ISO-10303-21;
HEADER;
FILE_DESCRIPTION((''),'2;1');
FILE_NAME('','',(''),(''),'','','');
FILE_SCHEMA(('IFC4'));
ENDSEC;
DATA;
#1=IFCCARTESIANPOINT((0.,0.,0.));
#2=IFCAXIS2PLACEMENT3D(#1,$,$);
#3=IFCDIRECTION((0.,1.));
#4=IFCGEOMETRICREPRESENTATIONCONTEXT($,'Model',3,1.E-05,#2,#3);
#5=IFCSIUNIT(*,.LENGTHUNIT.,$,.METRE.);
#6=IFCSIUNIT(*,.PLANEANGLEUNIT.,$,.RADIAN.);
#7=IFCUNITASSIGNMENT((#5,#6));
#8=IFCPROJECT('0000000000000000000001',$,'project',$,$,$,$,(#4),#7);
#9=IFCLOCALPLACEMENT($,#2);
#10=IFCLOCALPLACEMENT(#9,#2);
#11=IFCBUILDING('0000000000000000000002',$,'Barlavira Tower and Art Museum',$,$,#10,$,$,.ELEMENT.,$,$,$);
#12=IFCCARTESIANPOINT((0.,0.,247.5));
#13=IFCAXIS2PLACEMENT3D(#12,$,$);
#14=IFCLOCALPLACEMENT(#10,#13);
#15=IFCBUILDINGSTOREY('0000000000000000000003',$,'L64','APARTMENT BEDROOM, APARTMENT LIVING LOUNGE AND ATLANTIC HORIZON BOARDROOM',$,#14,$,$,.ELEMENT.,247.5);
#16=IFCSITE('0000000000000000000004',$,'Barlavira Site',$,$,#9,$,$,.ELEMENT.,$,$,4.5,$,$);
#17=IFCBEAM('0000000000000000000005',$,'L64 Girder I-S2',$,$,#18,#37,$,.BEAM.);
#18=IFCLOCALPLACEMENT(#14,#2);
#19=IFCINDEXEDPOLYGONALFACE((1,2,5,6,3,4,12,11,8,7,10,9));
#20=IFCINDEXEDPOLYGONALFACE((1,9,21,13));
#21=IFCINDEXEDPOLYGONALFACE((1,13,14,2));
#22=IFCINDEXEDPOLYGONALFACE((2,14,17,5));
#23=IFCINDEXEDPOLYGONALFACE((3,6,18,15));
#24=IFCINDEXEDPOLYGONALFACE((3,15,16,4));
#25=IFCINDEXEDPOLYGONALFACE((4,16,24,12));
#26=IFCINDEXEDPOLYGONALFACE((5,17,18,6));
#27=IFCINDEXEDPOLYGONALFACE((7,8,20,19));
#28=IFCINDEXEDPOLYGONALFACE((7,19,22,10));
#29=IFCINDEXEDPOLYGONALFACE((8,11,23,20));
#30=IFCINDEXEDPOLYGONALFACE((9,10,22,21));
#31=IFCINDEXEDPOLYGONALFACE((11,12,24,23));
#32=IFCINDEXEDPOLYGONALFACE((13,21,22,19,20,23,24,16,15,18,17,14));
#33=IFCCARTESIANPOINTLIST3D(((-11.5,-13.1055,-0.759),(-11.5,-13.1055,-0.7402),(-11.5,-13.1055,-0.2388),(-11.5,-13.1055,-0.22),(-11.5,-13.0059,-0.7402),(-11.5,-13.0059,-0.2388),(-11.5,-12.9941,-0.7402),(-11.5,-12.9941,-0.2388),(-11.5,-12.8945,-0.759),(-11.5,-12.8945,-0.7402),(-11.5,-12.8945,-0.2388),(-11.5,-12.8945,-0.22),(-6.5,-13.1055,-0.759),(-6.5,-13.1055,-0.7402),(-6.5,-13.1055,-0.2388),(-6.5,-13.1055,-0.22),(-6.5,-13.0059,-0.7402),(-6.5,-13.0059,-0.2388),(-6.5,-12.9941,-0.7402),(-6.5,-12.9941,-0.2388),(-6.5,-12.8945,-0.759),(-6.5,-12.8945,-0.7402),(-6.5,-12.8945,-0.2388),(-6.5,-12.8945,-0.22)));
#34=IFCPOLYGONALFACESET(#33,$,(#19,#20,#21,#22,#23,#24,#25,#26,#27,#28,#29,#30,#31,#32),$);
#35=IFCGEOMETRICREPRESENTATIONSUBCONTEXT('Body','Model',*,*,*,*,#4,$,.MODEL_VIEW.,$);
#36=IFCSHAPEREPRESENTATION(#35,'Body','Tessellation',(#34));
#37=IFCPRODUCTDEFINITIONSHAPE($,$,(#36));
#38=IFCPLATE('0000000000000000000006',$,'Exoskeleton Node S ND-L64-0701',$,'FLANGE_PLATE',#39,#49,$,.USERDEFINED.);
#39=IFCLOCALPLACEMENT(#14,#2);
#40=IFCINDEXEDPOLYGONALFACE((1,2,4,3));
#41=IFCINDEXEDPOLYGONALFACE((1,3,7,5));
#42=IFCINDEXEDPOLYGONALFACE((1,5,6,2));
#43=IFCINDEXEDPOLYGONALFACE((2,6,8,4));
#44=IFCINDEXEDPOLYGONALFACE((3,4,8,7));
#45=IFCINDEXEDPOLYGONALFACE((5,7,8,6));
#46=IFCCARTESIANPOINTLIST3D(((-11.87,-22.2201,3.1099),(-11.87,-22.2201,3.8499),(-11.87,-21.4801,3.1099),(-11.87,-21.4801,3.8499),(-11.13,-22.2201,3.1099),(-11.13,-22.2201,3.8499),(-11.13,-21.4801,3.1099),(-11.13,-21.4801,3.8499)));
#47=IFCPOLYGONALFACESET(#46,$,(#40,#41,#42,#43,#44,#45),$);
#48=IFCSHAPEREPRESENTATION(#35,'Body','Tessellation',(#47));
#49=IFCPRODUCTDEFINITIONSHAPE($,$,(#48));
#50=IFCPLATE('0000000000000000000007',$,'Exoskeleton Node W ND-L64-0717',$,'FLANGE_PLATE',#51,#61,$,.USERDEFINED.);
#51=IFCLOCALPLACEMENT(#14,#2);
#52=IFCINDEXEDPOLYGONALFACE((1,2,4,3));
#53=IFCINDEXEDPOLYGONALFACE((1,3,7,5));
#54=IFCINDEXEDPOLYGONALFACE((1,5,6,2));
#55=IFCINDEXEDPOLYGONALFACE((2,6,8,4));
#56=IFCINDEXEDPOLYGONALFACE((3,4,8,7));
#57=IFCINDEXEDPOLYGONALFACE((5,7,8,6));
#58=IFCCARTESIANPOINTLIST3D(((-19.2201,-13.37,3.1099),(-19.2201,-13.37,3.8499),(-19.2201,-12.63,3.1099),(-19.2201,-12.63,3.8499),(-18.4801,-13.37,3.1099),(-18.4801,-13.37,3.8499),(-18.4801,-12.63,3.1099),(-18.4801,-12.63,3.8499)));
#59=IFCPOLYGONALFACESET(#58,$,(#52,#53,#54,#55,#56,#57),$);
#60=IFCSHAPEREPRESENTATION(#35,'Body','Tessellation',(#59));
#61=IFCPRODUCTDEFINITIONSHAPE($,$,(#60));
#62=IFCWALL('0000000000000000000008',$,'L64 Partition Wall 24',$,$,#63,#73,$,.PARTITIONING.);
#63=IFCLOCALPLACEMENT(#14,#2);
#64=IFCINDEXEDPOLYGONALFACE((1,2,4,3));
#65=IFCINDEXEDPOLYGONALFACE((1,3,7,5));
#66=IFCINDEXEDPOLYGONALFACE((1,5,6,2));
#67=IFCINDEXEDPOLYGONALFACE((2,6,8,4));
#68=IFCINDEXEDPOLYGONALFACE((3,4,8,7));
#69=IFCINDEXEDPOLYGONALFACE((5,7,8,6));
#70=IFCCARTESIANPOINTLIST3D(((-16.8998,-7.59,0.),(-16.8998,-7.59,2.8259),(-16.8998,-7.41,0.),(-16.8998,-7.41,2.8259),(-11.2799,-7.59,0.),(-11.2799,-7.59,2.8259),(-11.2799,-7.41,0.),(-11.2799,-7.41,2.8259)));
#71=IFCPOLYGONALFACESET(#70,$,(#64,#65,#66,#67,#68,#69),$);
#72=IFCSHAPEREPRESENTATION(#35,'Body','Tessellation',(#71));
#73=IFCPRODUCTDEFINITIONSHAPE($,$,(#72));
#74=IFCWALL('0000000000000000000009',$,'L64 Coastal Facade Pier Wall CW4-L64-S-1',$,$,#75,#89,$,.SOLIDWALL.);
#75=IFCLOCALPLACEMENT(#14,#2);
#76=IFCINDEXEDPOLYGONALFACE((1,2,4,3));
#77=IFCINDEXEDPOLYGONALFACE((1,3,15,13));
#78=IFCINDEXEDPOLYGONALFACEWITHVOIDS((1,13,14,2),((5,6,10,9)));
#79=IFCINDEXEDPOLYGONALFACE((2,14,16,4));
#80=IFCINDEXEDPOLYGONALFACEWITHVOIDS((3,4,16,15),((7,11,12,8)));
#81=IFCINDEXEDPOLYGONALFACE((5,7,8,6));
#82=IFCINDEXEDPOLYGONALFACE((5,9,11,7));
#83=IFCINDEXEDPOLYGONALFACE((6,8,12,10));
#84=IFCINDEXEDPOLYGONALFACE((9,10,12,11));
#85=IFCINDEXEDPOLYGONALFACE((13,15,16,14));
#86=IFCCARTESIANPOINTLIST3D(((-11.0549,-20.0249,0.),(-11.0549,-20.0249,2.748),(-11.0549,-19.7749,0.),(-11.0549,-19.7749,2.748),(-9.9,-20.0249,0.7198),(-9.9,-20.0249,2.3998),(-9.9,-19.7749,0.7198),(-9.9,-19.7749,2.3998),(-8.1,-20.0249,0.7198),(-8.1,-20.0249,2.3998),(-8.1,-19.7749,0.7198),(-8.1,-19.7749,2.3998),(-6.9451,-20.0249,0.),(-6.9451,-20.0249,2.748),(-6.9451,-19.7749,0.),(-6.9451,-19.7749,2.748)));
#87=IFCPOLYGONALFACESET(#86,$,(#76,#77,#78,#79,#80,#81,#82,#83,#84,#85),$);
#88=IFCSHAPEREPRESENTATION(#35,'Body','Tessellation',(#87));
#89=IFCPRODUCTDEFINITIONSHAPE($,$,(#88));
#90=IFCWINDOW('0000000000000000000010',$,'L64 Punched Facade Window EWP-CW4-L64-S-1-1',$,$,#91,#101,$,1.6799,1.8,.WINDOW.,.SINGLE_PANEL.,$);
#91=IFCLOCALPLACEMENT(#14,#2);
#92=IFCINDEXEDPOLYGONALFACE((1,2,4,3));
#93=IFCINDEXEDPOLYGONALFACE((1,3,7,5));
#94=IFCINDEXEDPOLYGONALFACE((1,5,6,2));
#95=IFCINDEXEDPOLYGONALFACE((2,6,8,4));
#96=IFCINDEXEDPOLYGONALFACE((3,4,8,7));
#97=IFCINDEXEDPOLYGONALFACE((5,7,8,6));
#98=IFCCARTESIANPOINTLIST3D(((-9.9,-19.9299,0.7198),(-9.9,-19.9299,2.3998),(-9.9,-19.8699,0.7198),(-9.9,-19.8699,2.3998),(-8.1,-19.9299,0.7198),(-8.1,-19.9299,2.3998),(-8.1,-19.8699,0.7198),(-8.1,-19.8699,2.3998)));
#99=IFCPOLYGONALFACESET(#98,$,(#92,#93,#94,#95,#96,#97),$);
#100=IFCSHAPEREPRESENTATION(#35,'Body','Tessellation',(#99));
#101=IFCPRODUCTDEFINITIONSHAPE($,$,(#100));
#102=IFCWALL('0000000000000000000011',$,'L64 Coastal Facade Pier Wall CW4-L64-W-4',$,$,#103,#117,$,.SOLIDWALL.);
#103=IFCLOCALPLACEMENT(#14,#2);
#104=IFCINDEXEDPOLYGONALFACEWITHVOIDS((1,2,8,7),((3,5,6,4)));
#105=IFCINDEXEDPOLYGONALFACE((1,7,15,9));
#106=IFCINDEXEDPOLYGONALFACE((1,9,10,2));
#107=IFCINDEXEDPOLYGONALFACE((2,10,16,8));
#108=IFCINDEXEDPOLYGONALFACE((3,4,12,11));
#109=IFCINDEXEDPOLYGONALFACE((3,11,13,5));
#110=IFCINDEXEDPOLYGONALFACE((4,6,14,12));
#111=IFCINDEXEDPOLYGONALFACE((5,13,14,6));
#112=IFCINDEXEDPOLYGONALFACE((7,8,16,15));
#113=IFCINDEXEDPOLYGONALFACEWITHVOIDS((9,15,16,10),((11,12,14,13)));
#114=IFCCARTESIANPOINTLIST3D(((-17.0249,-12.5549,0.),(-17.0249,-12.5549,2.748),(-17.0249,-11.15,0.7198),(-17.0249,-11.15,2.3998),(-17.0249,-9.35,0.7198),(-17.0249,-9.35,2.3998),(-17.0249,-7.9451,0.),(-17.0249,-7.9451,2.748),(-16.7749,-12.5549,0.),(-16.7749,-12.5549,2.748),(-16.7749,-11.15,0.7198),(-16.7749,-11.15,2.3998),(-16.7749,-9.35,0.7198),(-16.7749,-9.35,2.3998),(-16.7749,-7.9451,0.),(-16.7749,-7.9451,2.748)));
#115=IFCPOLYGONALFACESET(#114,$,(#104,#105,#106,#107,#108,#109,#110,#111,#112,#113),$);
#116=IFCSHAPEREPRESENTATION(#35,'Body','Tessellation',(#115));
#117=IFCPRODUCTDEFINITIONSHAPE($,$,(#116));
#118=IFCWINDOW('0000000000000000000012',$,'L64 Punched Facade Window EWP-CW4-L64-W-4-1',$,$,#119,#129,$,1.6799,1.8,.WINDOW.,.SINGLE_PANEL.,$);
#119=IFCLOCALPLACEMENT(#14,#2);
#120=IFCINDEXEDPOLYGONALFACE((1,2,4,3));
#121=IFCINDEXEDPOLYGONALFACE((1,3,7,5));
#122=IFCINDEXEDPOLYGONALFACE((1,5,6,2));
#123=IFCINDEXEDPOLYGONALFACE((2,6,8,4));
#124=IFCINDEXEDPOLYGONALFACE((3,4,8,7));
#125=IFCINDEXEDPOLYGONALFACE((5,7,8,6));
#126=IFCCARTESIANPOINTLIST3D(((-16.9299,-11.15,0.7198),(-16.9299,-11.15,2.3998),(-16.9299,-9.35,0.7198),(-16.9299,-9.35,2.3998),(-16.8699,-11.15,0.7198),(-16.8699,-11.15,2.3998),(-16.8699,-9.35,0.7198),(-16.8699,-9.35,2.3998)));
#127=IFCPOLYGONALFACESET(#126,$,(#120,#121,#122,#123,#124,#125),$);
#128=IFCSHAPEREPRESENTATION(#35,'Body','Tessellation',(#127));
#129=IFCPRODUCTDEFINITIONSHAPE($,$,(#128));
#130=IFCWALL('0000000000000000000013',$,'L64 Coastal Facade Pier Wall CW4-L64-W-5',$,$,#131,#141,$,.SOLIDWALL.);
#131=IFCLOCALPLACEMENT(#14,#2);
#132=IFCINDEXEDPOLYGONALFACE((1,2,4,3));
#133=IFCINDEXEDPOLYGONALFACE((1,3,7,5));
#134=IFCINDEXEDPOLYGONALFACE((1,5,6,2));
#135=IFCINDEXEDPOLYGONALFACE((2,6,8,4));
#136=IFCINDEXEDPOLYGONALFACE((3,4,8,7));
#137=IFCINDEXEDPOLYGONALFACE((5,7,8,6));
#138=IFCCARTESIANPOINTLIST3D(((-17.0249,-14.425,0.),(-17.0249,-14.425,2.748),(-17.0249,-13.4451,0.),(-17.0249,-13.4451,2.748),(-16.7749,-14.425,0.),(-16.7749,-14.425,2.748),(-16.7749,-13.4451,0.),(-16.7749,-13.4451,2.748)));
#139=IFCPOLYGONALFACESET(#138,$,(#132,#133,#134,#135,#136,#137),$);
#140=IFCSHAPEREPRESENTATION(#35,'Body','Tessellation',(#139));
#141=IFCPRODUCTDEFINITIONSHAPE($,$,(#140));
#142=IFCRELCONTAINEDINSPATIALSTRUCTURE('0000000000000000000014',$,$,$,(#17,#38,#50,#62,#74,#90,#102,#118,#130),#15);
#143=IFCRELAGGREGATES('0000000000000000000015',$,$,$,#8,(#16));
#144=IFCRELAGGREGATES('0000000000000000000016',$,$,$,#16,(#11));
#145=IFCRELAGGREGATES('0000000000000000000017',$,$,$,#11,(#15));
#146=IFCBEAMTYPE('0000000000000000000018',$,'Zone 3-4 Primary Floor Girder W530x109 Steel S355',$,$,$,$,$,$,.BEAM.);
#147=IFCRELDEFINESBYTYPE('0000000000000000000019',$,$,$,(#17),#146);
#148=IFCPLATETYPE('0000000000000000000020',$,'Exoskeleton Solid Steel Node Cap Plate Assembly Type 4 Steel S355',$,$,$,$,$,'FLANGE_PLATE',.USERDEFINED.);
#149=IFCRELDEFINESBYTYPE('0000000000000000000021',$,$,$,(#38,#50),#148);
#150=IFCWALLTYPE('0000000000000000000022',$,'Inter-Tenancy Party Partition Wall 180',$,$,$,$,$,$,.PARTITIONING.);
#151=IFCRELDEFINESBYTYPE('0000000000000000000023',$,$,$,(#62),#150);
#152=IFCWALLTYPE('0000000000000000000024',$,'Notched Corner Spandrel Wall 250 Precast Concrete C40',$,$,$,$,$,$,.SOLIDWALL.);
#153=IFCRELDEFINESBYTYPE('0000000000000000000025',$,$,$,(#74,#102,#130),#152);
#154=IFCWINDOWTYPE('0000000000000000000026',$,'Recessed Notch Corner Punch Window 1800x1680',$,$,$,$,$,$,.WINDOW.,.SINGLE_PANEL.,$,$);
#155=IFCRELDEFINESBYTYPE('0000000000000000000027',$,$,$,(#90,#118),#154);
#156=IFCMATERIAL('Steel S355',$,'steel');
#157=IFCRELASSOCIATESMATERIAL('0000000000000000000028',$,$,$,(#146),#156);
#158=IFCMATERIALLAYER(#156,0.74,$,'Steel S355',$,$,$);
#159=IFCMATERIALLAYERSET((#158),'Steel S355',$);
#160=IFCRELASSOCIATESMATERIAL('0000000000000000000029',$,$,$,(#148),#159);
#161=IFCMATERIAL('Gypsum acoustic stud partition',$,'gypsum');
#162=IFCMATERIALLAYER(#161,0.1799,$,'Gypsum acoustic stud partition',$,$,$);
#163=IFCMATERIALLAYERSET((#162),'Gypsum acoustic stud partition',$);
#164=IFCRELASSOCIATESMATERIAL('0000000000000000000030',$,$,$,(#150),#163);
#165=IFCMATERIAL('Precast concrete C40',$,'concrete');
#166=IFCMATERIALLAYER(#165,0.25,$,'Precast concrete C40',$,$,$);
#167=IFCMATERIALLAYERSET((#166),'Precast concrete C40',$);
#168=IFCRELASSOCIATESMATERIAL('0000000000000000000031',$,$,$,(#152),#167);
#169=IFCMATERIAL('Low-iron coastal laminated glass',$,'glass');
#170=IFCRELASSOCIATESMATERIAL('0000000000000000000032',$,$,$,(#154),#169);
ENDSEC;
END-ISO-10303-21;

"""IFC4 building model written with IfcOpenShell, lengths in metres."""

from ifc_helpers import new_model, si_unit, direction, frame, frame_2d, origin, origin_2d, place, context, subcontext, project, spatial, rectangle, i_section, extrude, material, layer, layer_set, material_profile, profile_set, type_object, element, fill, save


model = new_model("IFC4")

# Units and contexts
model_context = context("Model", 3, precision=1e-05, world=origin(), true_north=direction((0.0, 1.0)))
body_context = subcontext(model_context, "Body", "Model", "MODEL_VIEW")
ifc_project = project(units=[si_unit("LENGTHUNIT", "METRE"), si_unit("PLANEANGLEUNIT", "RADIAN")], contexts=[model_context])

# Site, building, storey
site_placement = place(None, origin())
site = spatial("IfcSite", under=ifc_project, at=site_placement, Name="Barlavira Site", CompositionType="ELEMENT", RefElevation=4.5)
building_placement = place(site_placement, origin())
building = spatial("IfcBuilding", under=site, at=building_placement, Name="Barlavira Tower and Art Museum", CompositionType="ELEMENT")
storey_placement = place(building_placement, frame((0.0, 0.0, 247.5)))
storey = spatial("IfcBuildingStorey", under=building, at=storey_placement, Name="L64", Description="APARTMENT BEDROOM, APARTMENT LIVING LOUNGE AND ATLANTIC HORIZON BOARDROOM", CompositionType="ELEMENT", Elevation=247.5)

# Beam
ifc_material_1 = material(Name="Steel S355", Category="steel")
ifc_material_profile_1 = material_profile(ifc_material_1, i_section(OverallWidth=0.2109, OverallDepth=0.5391, WebThickness=0.0117, FlangeThickness=0.0188, at=origin_2d()), Name="W530x109.0")
ifc_profile_set_1 = profile_set([ifc_material_profile_1], Name="Steel S355")
beam_type_1 = type_object("IfcBeamType", Name="Zone 3-4 Primary Floor Girder W530x109 Steel S355", PredefinedType="BEAM", material=ifc_profile_set_1)
beam_1_placement = place(storey_placement, frame((-11.5, -13.0, -0.4895), z_axis=(1.0, 0.0, 0.0), x_axis=(0.0, 1.0, 0.0)))
element("IfcBeam", 1, at=beam_1_placement, inside=storey, type_object=beam_type_1, Name="L64 Girder I-S2", PredefinedType="BEAM", context=body_context, shape_type="SweptSolid", body=[
    extrude(i_section(OverallWidth=0.2109, OverallDepth=0.5391, WebThickness=0.0117, FlangeThickness=0.0188, at=origin_2d()), origin(), (0.0, 0.0, 1.0), 5.0),
])

# Plates
ifc_layer_1 = layer(ifc_material_1, 0.74, Name="Steel S355")
ifc_layer_set_1 = layer_set([ifc_layer_1], Name="Steel S355")
plate_type = type_object("IfcPlateType", Name="Exoskeleton Solid Steel Node Cap Plate Assembly Type 4 Steel S355", ElementType="FLANGE_PLATE", PredefinedType="USERDEFINED", material=ifc_layer_set_1)
for number, where, z_axis, x_axis, name in (
    (2, (-11.5, -21.8501, 3.1099), (0.0, 0.0, 1.0), (1.0, 0.0, 0.0), "Exoskeleton Node S ND-L64-0701"),
    (3, (-18.8501, -13.0, 3.1099), (0.0, 0.0, 1.0), (1.0, 0.0, 0.0), "Exoskeleton Node W ND-L64-0717"),
):
    element("IfcPlate", number, at=place(storey_placement, frame(where, z_axis=z_axis, x_axis=x_axis)), inside=storey, type_object=plate_type, Name=name, ObjectType="FLANGE_PLATE", PredefinedType="USERDEFINED", context=body_context, shape_type="SweptSolid", body=[
        extrude(rectangle(XDim=0.74, YDim=0.74, at=origin_2d()), origin(), (0.0, 0.0, 1.0), 0.74),
    ])

# Wall
ifc_material_2 = material(Name="Gypsum acoustic stud partition", Category="gypsum")
ifc_layer_2 = layer(ifc_material_2, 0.1799, Name="Gypsum acoustic stud partition")
ifc_layer_set_2 = layer_set([ifc_layer_2], Name="Gypsum acoustic stud partition")
wall_type_1 = type_object("IfcWallType", Name="Inter-Tenancy Party Partition Wall 180", PredefinedType="PARTITIONING", material=ifc_layer_set_2)
wall_1_placement = place(storey_placement, frame((-16.8999, -7.5, 0.0), z_axis=(0.0, 0.0, 1.0), x_axis=(1.0, 0.0, 0.0)))
element("IfcWall", 4, at=wall_1_placement, inside=storey, type_object=wall_type_1, Name="L64 Partition Wall 24", PredefinedType="PARTITIONING", context=body_context, shape_type="SweptSolid", body=[
    extrude(rectangle(XDim=5.6199, YDim=0.1799, at=frame_2d((2.8101, 0.0))), origin(), (0.0, 0.0, 1.0), 2.8259),
])

# Walls, openings, windows
ifc_material_3 = material(Name="Precast concrete C40", Category="concrete")
ifc_layer_3 = layer(ifc_material_3, 0.25, Name="Precast concrete C40")
ifc_layer_set_3 = layer_set([ifc_layer_3], Name="Precast concrete C40")
wall_type_2 = type_object("IfcWallType", Name="Notched Corner Spandrel Wall 250 Precast Concrete C40", PredefinedType="SOLIDWALL", material=ifc_layer_set_3)
wall_2_placement = place(storey_placement, frame((-11.0549, -19.8999, 0.0), z_axis=(0.0, 0.0, 1.0), x_axis=(1.0, 0.0, 0.0)))
wall_2 = element("IfcWall", 5, at=wall_2_placement, inside=storey, type_object=wall_type_2, Name="L64 Coastal Facade Pier Wall CW4-L64-S-1", PredefinedType="SOLIDWALL", context=body_context, shape_type="SweptSolid", body=[
    extrude(rectangle(XDim=4.1099, YDim=0.25, at=frame_2d((2.0549, 0.0))), origin(), (0.0, 0.0, 1.0), 2.748),
])
opening_1_placement = place(wall_2_placement, frame((1.155, 0.0, 0.72)))
opening_1 = element("IfcOpeningElement", 6, at=opening_1_placement, cuts=wall_2, PredefinedType="OPENING", context=body_context, shape_type="SweptSolid", body=[
    extrude(rectangle(XDim=1.8, YDim=1.6799, at=frame_2d((0.8999, 0.8398))), frame((0.0, 0.135, 0.0), z_axis=(0.0, -1.0, 0.0), x_axis=(1.0, 0.0, 0.0)), (0.0, 0.0, 1.0), 0.27),
])
ifc_material_4 = material(Name="Low-iron coastal laminated glass", Category="glass")
window_type = type_object("IfcWindowType", Name="Recessed Notch Corner Punch Window 1800x1680", PartitioningType="SINGLE_PANEL", PredefinedType="WINDOW", material=ifc_material_4)
window_1_placement = place(opening_1_placement, origin())
window_1 = element("IfcWindow", 7, at=window_1_placement, inside=storey, type_object=window_type, Name="L64 Punched Facade Window EWP-CW4-L64-S-1-1", OverallHeight=1.6799, OverallWidth=1.8, PartitioningType="SINGLE_PANEL", PredefinedType="WINDOW", context=body_context, shape_type="SweptSolid", body=[
    extrude(rectangle(XDim=1.8, YDim=1.6799, at=frame_2d((0.8999, 0.8398))), frame((0.0, 0.03, 0.0), z_axis=(0.0, -1.0, 0.0), x_axis=(1.0, 0.0, 0.0)), (0.0, 0.0, 1.0), 0.0601),
])
fill(opening_1, window_1)
wall_3_placement = place(storey_placement, frame((-16.8999, -7.9451, 0.0), z_axis=(0.0, 0.0, 1.0), x_axis=(0.0, -1.0, 0.0)))
wall_3 = element("IfcWall", 8, at=wall_3_placement, inside=storey, type_object=wall_type_2, Name="L64 Coastal Facade Pier Wall CW4-L64-W-4", PredefinedType="SOLIDWALL", context=body_context, shape_type="SweptSolid", body=[
    extrude(rectangle(XDim=4.6099, YDim=0.25, at=frame_2d((2.3049, 0.0))), origin(), (0.0, 0.0, 1.0), 2.748),
])
opening_2_placement = place(wall_3_placement, frame((1.405, 0.0, 0.72)))
opening_2 = element("IfcOpeningElement", 9, at=opening_2_placement, cuts=wall_3, PredefinedType="OPENING", context=body_context, shape_type="SweptSolid", body=[
    extrude(rectangle(XDim=1.8, YDim=1.6799, at=frame_2d((0.8999, 0.8398))), frame((0.0, 0.135, 0.0), z_axis=(0.0, -1.0, 0.0), x_axis=(1.0, 0.0, 0.0)), (0.0, 0.0, 1.0), 0.27),
])
window_2_placement = place(opening_2_placement, origin())
window_2 = element("IfcWindow", 10, at=window_2_placement, inside=storey, type_object=window_type, Name="L64 Punched Facade Window EWP-CW4-L64-W-4-1", OverallHeight=1.6799, OverallWidth=1.8, PartitioningType="SINGLE_PANEL", PredefinedType="WINDOW", context=body_context, shape_type="SweptSolid", body=[
    extrude(rectangle(XDim=1.8, YDim=1.6799, at=frame_2d((0.8999, 0.8398))), frame((0.0, 0.03, 0.0), z_axis=(0.0, -1.0, 0.0), x_axis=(1.0, 0.0, 0.0)), (0.0, 0.0, 1.0), 0.0601),
])
fill(opening_2, window_2)

# Wall
wall_4_placement = place(storey_placement, frame((-16.8999, -13.4451, 0.0), z_axis=(0.0, 0.0, 1.0), x_axis=(0.0, -1.0, 0.0)))
element("IfcWall", 11, at=wall_4_placement, inside=storey, type_object=wall_type_2, Name="L64 Coastal Facade Pier Wall CW4-L64-W-5", PredefinedType="SOLIDWALL", context=body_context, shape_type="SweptSolid", body=[
    extrude(rectangle(XDim=0.98, YDim=0.25, at=frame_2d((0.49, 0.0))), origin(), (0.0, 0.0, 1.0), 2.748),
])

save(model, "model.ifc")
